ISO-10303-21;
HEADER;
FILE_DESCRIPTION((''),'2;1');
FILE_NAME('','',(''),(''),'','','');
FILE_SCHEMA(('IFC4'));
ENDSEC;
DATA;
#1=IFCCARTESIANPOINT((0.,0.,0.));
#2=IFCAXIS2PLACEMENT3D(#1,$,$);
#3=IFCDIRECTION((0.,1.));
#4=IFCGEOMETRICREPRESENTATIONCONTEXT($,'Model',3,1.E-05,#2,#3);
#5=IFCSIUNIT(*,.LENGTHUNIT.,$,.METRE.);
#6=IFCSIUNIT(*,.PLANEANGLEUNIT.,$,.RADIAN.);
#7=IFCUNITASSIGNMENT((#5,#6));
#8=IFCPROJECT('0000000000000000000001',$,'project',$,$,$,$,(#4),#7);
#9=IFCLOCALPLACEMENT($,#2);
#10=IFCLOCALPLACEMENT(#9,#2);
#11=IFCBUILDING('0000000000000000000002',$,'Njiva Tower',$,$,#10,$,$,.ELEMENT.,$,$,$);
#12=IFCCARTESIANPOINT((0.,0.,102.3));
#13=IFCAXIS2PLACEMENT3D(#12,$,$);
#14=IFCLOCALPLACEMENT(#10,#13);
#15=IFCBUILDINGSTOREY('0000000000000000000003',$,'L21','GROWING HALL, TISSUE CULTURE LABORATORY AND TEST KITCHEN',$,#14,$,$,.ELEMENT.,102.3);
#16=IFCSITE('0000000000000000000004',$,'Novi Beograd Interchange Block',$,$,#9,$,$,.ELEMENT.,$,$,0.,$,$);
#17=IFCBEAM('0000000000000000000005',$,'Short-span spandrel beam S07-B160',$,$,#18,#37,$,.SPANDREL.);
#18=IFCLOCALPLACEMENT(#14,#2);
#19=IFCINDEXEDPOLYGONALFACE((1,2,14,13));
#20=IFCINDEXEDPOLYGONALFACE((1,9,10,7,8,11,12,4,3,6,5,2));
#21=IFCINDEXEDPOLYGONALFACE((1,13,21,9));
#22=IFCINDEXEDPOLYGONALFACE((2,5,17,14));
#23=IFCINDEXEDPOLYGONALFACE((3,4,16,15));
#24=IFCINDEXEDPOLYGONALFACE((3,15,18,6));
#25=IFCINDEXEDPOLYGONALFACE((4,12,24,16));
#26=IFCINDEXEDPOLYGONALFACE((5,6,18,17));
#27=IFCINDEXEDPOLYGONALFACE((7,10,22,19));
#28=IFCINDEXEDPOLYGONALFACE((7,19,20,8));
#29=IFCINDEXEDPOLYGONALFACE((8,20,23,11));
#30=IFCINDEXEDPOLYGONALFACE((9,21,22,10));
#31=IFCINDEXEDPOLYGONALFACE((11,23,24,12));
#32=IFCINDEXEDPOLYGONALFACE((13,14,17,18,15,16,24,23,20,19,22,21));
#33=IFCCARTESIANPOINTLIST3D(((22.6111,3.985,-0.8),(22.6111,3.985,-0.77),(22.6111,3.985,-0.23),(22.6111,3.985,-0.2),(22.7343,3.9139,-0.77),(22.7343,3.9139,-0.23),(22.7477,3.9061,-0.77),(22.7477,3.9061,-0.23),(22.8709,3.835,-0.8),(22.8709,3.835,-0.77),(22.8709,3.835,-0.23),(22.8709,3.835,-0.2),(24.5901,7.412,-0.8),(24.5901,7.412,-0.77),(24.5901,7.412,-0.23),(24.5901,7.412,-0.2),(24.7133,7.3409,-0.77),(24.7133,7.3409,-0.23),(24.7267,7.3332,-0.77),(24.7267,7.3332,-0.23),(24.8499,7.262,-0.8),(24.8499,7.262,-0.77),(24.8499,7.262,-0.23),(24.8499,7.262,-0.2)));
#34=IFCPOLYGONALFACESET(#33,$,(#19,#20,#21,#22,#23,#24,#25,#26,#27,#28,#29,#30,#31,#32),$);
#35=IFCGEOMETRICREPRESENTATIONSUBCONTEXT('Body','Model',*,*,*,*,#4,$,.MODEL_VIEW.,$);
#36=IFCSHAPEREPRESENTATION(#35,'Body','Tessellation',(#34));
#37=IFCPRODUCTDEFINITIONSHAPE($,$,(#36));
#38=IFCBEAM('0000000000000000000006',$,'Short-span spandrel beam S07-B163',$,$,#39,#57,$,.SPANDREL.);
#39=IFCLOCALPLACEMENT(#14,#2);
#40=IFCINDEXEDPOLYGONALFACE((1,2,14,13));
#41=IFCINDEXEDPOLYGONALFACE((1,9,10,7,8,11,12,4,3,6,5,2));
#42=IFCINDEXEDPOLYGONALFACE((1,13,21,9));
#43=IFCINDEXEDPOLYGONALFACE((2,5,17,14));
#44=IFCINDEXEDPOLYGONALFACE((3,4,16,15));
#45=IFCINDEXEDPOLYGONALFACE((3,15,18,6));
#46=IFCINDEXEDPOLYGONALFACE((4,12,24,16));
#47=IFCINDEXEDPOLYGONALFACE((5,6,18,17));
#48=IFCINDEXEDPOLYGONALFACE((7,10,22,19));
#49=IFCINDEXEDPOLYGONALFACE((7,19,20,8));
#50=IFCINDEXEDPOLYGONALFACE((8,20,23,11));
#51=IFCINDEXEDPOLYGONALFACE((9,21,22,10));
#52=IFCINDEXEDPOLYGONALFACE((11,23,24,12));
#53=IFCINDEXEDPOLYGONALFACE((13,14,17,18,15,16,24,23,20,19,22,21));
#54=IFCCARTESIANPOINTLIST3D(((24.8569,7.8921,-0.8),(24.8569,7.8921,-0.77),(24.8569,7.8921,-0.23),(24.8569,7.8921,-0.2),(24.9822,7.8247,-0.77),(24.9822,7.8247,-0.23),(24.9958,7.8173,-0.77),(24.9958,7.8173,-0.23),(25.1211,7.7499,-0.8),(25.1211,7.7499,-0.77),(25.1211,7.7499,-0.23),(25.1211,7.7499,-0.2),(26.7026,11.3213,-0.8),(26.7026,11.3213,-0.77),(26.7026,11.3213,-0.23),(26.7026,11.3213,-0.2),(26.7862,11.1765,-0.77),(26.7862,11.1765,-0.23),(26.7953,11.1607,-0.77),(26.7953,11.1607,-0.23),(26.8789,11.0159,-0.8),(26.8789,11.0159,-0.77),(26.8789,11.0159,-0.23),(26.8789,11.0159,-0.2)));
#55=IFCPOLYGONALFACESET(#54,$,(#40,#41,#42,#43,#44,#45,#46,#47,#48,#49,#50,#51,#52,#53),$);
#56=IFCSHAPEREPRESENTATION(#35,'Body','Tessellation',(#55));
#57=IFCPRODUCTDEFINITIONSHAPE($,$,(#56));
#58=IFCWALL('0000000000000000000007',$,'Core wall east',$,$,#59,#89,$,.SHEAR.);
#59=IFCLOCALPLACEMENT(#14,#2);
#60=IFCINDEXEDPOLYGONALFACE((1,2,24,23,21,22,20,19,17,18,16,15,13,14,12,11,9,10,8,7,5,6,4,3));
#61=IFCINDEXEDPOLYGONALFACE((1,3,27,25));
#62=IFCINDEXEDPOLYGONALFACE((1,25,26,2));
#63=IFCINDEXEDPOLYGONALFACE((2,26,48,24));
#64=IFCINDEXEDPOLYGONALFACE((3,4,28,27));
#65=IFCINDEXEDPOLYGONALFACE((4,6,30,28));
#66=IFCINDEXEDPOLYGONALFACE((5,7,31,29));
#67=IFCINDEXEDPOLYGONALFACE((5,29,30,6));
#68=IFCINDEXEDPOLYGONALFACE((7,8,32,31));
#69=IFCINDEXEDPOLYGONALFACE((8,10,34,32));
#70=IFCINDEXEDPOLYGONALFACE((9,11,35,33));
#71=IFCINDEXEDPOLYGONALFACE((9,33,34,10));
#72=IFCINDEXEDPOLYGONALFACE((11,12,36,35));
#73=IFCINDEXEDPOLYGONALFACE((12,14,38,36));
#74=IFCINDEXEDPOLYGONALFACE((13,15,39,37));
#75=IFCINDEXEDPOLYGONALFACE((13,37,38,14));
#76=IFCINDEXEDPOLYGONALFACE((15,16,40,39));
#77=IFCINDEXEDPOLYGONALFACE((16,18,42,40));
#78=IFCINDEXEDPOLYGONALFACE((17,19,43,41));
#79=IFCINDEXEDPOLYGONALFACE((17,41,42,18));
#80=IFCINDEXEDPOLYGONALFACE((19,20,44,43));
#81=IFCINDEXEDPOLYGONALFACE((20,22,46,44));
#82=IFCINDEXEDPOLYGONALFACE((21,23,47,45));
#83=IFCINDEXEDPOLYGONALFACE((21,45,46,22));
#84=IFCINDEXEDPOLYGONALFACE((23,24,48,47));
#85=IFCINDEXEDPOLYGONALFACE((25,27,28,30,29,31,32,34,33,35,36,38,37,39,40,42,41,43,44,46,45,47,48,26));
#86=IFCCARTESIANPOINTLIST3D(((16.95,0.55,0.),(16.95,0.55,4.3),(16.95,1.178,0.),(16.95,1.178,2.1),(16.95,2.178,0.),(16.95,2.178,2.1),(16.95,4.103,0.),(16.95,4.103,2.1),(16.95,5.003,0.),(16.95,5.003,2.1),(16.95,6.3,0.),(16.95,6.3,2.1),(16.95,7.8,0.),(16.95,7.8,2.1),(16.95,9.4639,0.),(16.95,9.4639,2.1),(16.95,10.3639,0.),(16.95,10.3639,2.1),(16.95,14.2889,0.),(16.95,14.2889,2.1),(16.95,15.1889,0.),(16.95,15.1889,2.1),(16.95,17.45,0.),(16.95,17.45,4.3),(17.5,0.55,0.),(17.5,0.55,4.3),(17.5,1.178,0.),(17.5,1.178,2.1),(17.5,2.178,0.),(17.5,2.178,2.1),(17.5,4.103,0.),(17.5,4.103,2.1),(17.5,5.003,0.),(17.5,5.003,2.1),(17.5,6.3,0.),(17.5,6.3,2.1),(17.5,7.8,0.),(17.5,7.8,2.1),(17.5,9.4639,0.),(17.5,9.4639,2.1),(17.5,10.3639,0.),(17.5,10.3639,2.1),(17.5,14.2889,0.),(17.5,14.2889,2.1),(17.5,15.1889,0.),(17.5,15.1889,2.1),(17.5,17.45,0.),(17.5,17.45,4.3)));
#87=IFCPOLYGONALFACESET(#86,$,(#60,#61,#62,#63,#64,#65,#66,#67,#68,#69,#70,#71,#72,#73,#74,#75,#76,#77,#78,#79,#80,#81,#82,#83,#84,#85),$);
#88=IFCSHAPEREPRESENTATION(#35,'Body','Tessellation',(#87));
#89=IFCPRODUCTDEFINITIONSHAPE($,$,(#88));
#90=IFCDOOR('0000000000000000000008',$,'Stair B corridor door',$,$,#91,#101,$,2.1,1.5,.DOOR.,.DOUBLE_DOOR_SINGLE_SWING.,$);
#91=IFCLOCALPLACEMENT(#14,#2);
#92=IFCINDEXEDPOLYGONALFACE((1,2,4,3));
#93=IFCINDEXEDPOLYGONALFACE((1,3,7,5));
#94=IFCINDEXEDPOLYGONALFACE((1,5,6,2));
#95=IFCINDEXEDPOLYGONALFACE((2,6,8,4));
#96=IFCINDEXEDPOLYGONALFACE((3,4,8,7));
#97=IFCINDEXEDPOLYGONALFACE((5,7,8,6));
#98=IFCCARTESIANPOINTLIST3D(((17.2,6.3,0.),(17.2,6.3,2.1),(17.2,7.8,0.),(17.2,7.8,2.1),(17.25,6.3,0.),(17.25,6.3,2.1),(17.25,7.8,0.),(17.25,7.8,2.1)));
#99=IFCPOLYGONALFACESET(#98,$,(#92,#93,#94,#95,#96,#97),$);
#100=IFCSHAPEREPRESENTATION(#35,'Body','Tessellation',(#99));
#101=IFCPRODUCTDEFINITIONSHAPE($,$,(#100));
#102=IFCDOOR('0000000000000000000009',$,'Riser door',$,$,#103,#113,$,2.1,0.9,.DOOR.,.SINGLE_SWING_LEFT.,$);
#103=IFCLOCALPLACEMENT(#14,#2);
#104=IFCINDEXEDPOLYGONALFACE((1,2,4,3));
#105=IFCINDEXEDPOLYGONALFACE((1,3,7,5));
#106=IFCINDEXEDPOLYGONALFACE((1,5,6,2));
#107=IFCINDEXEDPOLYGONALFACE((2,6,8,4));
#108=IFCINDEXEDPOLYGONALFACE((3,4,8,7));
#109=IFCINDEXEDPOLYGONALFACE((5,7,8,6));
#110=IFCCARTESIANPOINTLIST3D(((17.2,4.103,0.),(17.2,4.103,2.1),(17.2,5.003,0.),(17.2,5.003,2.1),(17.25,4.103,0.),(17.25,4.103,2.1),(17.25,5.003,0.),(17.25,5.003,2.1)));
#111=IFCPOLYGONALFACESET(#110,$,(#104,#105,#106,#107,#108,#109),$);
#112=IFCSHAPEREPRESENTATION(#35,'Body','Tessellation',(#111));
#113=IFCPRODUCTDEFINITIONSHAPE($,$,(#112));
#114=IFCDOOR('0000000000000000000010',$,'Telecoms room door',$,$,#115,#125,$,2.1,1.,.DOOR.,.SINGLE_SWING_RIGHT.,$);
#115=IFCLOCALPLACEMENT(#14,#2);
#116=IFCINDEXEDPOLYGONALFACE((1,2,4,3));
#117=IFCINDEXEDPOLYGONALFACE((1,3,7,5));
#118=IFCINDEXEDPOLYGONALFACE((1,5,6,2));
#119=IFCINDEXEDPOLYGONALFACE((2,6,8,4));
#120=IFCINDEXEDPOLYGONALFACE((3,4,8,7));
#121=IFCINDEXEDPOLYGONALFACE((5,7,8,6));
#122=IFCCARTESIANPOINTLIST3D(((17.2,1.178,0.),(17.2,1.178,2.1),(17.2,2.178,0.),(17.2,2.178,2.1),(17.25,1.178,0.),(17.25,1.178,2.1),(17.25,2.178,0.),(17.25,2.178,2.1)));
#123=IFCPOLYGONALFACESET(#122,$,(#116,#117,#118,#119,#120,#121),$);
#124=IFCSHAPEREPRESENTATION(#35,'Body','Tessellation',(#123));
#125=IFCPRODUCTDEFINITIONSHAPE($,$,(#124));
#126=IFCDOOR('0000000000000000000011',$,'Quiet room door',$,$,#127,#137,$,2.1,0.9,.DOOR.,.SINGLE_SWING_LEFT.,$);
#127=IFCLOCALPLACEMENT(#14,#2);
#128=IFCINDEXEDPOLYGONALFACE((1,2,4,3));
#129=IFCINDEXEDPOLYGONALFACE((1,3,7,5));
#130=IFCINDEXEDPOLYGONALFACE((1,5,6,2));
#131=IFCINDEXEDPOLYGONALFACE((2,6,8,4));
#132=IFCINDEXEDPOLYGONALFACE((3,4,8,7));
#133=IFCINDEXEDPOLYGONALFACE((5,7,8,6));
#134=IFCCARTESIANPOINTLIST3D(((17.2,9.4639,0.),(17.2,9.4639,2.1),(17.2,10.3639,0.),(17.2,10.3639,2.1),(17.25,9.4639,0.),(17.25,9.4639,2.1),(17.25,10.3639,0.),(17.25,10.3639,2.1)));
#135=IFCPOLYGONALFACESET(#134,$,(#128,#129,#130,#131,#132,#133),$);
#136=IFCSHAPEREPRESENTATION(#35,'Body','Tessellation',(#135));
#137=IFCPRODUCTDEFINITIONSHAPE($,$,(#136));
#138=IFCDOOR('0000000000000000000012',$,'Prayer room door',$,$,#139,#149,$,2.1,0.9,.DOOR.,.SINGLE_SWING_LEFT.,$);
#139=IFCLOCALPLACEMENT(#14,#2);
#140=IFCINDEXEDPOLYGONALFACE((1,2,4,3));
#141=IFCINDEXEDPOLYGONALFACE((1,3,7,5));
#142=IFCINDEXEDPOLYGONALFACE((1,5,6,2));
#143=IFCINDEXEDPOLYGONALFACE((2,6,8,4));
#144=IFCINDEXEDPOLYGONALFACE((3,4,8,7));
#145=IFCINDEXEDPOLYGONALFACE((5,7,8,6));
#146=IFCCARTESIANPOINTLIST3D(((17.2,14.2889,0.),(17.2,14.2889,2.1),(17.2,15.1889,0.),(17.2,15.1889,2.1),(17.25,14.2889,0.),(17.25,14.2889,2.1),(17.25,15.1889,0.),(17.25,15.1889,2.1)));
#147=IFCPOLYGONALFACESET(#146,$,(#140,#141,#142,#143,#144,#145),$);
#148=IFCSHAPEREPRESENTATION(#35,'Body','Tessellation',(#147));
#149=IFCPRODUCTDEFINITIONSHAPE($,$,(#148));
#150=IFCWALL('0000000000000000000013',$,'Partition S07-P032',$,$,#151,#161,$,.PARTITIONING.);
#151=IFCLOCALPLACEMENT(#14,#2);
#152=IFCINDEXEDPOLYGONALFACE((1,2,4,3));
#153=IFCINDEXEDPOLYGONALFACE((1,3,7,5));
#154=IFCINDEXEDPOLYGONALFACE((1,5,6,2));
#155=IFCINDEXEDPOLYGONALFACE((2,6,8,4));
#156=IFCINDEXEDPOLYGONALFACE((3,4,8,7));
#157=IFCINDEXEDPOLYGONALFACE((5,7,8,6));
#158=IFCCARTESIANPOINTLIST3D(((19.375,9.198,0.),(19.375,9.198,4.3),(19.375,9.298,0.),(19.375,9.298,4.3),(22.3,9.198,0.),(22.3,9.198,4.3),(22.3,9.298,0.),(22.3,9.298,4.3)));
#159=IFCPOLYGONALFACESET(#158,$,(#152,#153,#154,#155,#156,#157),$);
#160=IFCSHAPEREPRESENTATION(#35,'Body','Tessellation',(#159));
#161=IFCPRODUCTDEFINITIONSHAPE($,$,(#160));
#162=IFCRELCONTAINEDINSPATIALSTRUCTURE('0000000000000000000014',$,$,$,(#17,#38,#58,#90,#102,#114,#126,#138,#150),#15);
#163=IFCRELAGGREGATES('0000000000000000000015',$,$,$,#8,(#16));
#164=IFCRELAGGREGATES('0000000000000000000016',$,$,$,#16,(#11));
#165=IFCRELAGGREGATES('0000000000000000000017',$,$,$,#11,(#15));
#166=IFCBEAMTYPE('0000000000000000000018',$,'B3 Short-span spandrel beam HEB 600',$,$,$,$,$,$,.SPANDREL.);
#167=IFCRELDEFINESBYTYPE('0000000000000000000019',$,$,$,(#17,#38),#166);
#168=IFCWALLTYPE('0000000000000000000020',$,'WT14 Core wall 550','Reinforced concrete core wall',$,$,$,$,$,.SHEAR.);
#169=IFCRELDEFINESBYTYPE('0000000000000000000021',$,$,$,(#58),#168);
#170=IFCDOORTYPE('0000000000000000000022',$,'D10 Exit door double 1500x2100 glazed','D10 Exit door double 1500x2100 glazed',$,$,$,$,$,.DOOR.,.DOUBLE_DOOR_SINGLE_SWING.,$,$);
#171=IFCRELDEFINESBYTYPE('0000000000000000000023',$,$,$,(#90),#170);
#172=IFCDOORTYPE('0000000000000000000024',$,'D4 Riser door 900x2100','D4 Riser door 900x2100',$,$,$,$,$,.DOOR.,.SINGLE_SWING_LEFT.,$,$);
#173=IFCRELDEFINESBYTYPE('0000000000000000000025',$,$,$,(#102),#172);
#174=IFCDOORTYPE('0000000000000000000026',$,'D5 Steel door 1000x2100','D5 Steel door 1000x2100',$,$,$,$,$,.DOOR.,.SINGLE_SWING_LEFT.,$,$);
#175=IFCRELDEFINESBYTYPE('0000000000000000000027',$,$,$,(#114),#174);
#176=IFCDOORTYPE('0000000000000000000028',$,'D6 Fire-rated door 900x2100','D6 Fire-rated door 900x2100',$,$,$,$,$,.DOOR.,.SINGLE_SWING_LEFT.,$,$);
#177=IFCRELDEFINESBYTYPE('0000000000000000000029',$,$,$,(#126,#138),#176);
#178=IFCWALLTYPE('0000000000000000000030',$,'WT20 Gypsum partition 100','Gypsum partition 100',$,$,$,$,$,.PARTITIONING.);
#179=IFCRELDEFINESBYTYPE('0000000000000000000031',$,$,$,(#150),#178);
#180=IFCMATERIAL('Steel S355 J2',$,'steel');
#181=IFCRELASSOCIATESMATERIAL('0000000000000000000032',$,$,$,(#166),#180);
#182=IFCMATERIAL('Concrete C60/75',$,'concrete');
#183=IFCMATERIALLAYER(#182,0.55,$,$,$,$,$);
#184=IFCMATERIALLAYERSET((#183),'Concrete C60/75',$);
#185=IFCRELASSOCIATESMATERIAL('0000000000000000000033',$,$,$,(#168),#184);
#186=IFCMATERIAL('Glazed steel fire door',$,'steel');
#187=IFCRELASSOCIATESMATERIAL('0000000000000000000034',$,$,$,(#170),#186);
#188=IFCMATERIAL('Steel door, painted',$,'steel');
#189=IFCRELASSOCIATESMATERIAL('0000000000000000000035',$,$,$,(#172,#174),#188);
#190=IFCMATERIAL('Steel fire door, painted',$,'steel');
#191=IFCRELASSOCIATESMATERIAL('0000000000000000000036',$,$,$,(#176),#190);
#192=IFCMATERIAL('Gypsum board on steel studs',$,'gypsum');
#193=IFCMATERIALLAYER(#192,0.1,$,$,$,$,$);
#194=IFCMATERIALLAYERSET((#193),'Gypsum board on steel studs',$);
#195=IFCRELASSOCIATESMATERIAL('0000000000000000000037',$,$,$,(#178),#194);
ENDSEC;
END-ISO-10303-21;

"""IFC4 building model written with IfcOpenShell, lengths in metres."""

from ifc_helpers import new_model, si_unit, direction, frame, frame_2d, origin, origin_2d, place, context, subcontext, project, spatial, rectangle, i_section, extrude, clip, halfspace, material, layer, layer_set, material_profile, profile_set, type_object, element, fill, save


model = new_model("IFC4")

# Units and contexts
model_context = context("Model", 3, precision=1e-05, world=origin(), true_north=direction((0.0, 1.0)))
body_context = subcontext(model_context, "Body", "Model", "MODEL_VIEW")
ifc_project = project(units=[si_unit("LENGTHUNIT", "METRE"), si_unit("PLANEANGLEUNIT", "RADIAN")], contexts=[model_context])

# Site, building, storey
site_placement = place(None, origin())
site = spatial("IfcSite", under=ifc_project, at=site_placement, Name="Novi Beograd Interchange Block", CompositionType="ELEMENT", RefElevation=0.0)
building_placement = place(site_placement, origin())
building = spatial("IfcBuilding", under=site, at=building_placement, Name="Njiva Tower", CompositionType="ELEMENT")
storey_placement = place(building_placement, frame((0.0, 0.0, 102.3)))
storey = spatial("IfcBuildingStorey", under=building, at=storey_placement, Name="L21", Description="GROWING HALL, TISSUE CULTURE LABORATORY AND TEST KITCHEN", CompositionType="ELEMENT", Elevation=102.3)

# Shared definitions
ifc_material_1 = material(Name="Steel S355 J2", Category="steel")

# Beams
ifc_material_profile_1 = material_profile(ifc_material_1, i_section(OverallWidth=0.3, OverallDepth=0.6, WebThickness=0.0155, FlangeThickness=0.03, at=origin_2d()), Name="HEB 600")
ifc_profile_set_1 = profile_set([ifc_material_profile_1], Name="Steel S355 J2")
beam_type_1 = type_object("IfcBeamType", Name="B3 Short-span spandrel beam HEB 600", PredefinedType="SPANDREL", material=ifc_profile_set_1)
beam_1_placement = place(storey_placement, frame((22.741, 3.91, -0.5), z_axis=(0.50008, 0.865979, 0.0), x_axis=(-0.865979, 0.50008, 0.0)))
element("IfcBeam", 1, at=beam_1_placement, inside=storey, type_object=beam_type_1, Name="Short-span spandrel beam S07-B160", PredefinedType="SPANDREL", context=body_context, shape_type="SweptSolid", body=[
    extrude(i_section(OverallWidth=0.3, OverallDepth=0.6, WebThickness=0.0155, FlangeThickness=0.03, at=origin_2d()), origin(), (0.0, 0.0, 1.0), 3.9574),
])
beam_2_placement = place(storey_placement, frame((24.989, 7.821, -0.5), z_axis=(0.473943, 0.880556, 0.0), x_axis=(-0.880556, 0.473943, 0.0)))
element("IfcBeam", 2, at=beam_2_placement, inside=storey, type_object=beam_type_1, Name="Short-span spandrel beam S07-B163", PredefinedType="SPANDREL", context=body_context, shape_type="Clipping", body=[
    clip(extrude(i_section(OverallWidth=0.3, OverallDepth=0.6, WebThickness=0.0155, FlangeThickness=0.03, at=origin_2d()), origin(), (0.0, 0.0, 1.0), 3.9151), halfspace(frame((-0.026, 0.0, 3.7856), z_axis=(-0.525614, 0.0, 0.850723), x_axis=(0.0, 1.0, 0.0)), False)),
])

# Wall, openings, doors
ifc_material_2 = material(Name="Concrete C60/75", Category="concrete")
ifc_layer_1 = layer(ifc_material_2, 0.55)
ifc_layer_set_1 = layer_set([ifc_layer_1], Name="Concrete C60/75")
wall_type_1 = type_object("IfcWallType", Name="WT14 Core wall 550", Description="Reinforced concrete core wall", PredefinedType="SHEAR", material=ifc_layer_set_1)
wall_1_placement = place(storey_placement, frame((17.225, 0.55, 0.0), z_axis=(0.0, 0.0, 1.0), x_axis=(0.0, 1.0, 0.0)))
wall_1 = element("IfcWall", 3, at=wall_1_placement, inside=storey, type_object=wall_type_1, Name="Core wall east", PredefinedType="SHEAR", context=body_context, shape_type="SweptSolid", body=[
    extrude(rectangle(XDim=16.9, YDim=0.55, at=frame_2d((8.45, 0.0))), origin(), (0.0, 0.0, 1.0), 4.3),
])
opening_1_placement = place(wall_1_placement, frame((5.75, 0.0, 0.0)))
opening_1 = element("IfcOpeningElement", 4, at=opening_1_placement, cuts=wall_1, PredefinedType="OPENING", context=body_context, shape_type="SweptSolid", body=[
    extrude(rectangle(XDim=1.5, YDim=2.1, at=frame_2d((0.75, 1.05))), frame((0.0, 0.285, 0.0), z_axis=(0.0, -1.0, 0.0), x_axis=(1.0, 0.0, 0.0)), (0.0, 0.0, 1.0), 0.57),
])
opening_2_placement = place(wall_1_placement, frame((0.628, 0.0, 0.0)))
opening_2 = element("IfcOpeningElement", 5, at=opening_2_placement, cuts=wall_1, PredefinedType="OPENING", context=body_context, shape_type="SweptSolid", body=[
    extrude(rectangle(XDim=1.0, YDim=2.1, at=frame_2d((0.5, 1.05))), frame((0.0, 0.285, 0.0), z_axis=(0.0, -1.0, 0.0), x_axis=(1.0, 0.0, 0.0)), (0.0, 0.0, 1.0), 0.57),
])
opening_3_placement = place(wall_1_placement, frame((3.553, 0.0, 0.0)))
opening_3 = element("IfcOpeningElement", 6, at=opening_3_placement, cuts=wall_1, PredefinedType="OPENING", context=body_context, shape_type="SweptSolid", body=[
    extrude(rectangle(XDim=0.9, YDim=2.1, at=frame_2d((0.45, 1.05))), frame((0.0, 0.285, 0.0), z_axis=(0.0, -1.0, 0.0), x_axis=(1.0, 0.0, 0.0)), (0.0, 0.0, 1.0), 0.57),
])
opening_4_placement = place(wall_1_placement, frame((8.9139, 0.0, 0.0)))
opening_4 = element("IfcOpeningElement", 7, at=opening_4_placement, cuts=wall_1, PredefinedType="OPENING", context=body_context, shape_type="SweptSolid", body=[
    extrude(rectangle(XDim=0.9, YDim=2.1, at=frame_2d((0.45, 1.05))), frame((0.0, 0.285, 0.0), z_axis=(0.0, -1.0, 0.0), x_axis=(1.0, 0.0, 0.0)), (0.0, 0.0, 1.0), 0.57),
])
opening_5_placement = place(wall_1_placement, frame((13.7389, 0.0, 0.0)))
opening_5 = element("IfcOpeningElement", 8, at=opening_5_placement, cuts=wall_1, PredefinedType="OPENING", context=body_context, shape_type="SweptSolid", body=[
    extrude(rectangle(XDim=0.9, YDim=2.1, at=frame_2d((0.45, 1.05))), frame((0.0, 0.285, 0.0), z_axis=(0.0, -1.0, 0.0), x_axis=(1.0, 0.0, 0.0)), (0.0, 0.0, 1.0), 0.57),
])
ifc_material_3 = material(Name="Glazed steel fire door", Category="steel")
door_type_1 = type_object("IfcDoorType", Name="D10 Exit door double 1500x2100 glazed", Description="D10 Exit door double 1500x2100 glazed", OperationType="DOUBLE_DOOR_SINGLE_SWING", PredefinedType="DOOR", material=ifc_material_3)
door_1_placement = place(opening_1_placement, origin())
door_1 = element("IfcDoor", 9, at=door_1_placement, inside=storey, type_object=door_type_1, Name="Stair B corridor door", OperationType="DOUBLE_DOOR_SINGLE_SWING", OverallHeight=2.1, OverallWidth=1.5, PredefinedType="DOOR", context=body_context, shape_type="SweptSolid", body=[
    extrude(rectangle(XDim=1.5, YDim=2.1, at=frame_2d((0.75, 1.05))), frame((0.0, 0.025, 0.0), z_axis=(0.0, -1.0, 0.0), x_axis=(1.0, 0.0, 0.0)), (0.0, 0.0, 1.0), 0.05),
])
fill(opening_1, door_1)
ifc_material_4 = material(Name="Steel door, painted", Category="steel")
door_type_2 = type_object("IfcDoorType", Name="D4 Riser door 900x2100", Description="D4 Riser door 900x2100", OperationType="SINGLE_SWING_LEFT", PredefinedType="DOOR", material=ifc_material_4)
door_2_placement = place(opening_3_placement, origin())
door_2 = element("IfcDoor", 10, at=door_2_placement, inside=storey, type_object=door_type_2, Name="Riser door", OperationType="SINGLE_SWING_LEFT", OverallHeight=2.1, OverallWidth=0.9, PredefinedType="DOOR", context=body_context, shape_type="SweptSolid", body=[
    extrude(rectangle(XDim=0.9, YDim=2.1, at=frame_2d((0.45, 1.05))), frame((0.0, 0.025, 0.0), z_axis=(0.0, -1.0, 0.0), x_axis=(1.0, 0.0, 0.0)), (0.0, 0.0, 1.0), 0.05),
])
fill(opening_3, door_2)
door_type_3 = type_object("IfcDoorType", Name="D5 Steel door 1000x2100", Description="D5 Steel door 1000x2100", OperationType="SINGLE_SWING_LEFT", PredefinedType="DOOR", material=ifc_material_4)
door_3_placement = place(opening_2_placement, origin())
door_3 = element("IfcDoor", 11, at=door_3_placement, inside=storey, type_object=door_type_3, Name="Telecoms room door", OperationType="SINGLE_SWING_RIGHT", OverallHeight=2.1, OverallWidth=1.0, PredefinedType="DOOR", context=body_context, shape_type="SweptSolid", body=[
    extrude(rectangle(XDim=1.0, YDim=2.1, at=frame_2d((0.5, 1.05))), frame((0.0, 0.025, 0.0), z_axis=(0.0, -1.0, 0.0), x_axis=(1.0, 0.0, 0.0)), (0.0, 0.0, 1.0), 0.05),
])
fill(opening_2, door_3)
ifc_material_5 = material(Name="Steel fire door, painted", Category="steel")
door_type_4 = type_object("IfcDoorType", Name="D6 Fire-rated door 900x2100", Description="D6 Fire-rated door 900x2100", OperationType="SINGLE_SWING_LEFT", PredefinedType="DOOR", material=ifc_material_5)
door_4_placement = place(opening_4_placement, origin())
door_4 = element("IfcDoor", 12, at=door_4_placement, inside=storey, type_object=door_type_4, Name="Quiet room door", OperationType="SINGLE_SWING_LEFT", OverallHeight=2.1, OverallWidth=0.9, PredefinedType="DOOR", context=body_context, shape_type="SweptSolid", body=[
    extrude(rectangle(XDim=0.9, YDim=2.1, at=frame_2d((0.45, 1.05))), frame((0.0, 0.025, 0.0), z_axis=(0.0, -1.0, 0.0), x_axis=(1.0, 0.0, 0.0)), (0.0, 0.0, 1.0), 0.05),
])
fill(opening_4, door_4)
door_5_placement = place(opening_5_placement, origin())
door_5 = element("IfcDoor", 13, at=door_5_placement, inside=storey, type_object=door_type_4, Name="Prayer room door", OperationType="SINGLE_SWING_LEFT", OverallHeight=2.1, OverallWidth=0.9, PredefinedType="DOOR", context=body_context, shape_type="SweptSolid", body=[
    extrude(rectangle(XDim=0.9, YDim=2.1, at=frame_2d((0.45, 1.05))), frame((0.0, 0.025, 0.0), z_axis=(0.0, -1.0, 0.0), x_axis=(1.0, 0.0, 0.0)), (0.0, 0.0, 1.0), 0.05),
])
fill(opening_5, door_5)

# Wall
ifc_material_6 = material(Name="Gypsum board on steel studs", Category="gypsum")
ifc_layer_2 = layer(ifc_material_6, 0.1)
ifc_layer_set_2 = layer_set([ifc_layer_2], Name="Gypsum board on steel studs")
wall_type_2 = type_object("IfcWallType", Name="WT20 Gypsum partition 100", Description="Gypsum partition 100", PredefinedType="PARTITIONING", material=ifc_layer_set_2)
wall_2_placement = place(storey_placement, frame((19.375, 9.248, 0.0), z_axis=(0.0, 0.0, 1.0), x_axis=(1.0, 0.0, 0.0)))
element("IfcWall", 14, at=wall_2_placement, inside=storey, type_object=wall_type_2, Name="Partition S07-P032", PredefinedType="PARTITIONING", context=body_context, shape_type="SweptSolid", body=[
    extrude(rectangle(XDim=2.925, YDim=0.1, at=frame_2d((1.4625, 0.0))), origin(), (0.0, 0.0, 1.0), 4.3),
])

save(model, "model.ifc")
